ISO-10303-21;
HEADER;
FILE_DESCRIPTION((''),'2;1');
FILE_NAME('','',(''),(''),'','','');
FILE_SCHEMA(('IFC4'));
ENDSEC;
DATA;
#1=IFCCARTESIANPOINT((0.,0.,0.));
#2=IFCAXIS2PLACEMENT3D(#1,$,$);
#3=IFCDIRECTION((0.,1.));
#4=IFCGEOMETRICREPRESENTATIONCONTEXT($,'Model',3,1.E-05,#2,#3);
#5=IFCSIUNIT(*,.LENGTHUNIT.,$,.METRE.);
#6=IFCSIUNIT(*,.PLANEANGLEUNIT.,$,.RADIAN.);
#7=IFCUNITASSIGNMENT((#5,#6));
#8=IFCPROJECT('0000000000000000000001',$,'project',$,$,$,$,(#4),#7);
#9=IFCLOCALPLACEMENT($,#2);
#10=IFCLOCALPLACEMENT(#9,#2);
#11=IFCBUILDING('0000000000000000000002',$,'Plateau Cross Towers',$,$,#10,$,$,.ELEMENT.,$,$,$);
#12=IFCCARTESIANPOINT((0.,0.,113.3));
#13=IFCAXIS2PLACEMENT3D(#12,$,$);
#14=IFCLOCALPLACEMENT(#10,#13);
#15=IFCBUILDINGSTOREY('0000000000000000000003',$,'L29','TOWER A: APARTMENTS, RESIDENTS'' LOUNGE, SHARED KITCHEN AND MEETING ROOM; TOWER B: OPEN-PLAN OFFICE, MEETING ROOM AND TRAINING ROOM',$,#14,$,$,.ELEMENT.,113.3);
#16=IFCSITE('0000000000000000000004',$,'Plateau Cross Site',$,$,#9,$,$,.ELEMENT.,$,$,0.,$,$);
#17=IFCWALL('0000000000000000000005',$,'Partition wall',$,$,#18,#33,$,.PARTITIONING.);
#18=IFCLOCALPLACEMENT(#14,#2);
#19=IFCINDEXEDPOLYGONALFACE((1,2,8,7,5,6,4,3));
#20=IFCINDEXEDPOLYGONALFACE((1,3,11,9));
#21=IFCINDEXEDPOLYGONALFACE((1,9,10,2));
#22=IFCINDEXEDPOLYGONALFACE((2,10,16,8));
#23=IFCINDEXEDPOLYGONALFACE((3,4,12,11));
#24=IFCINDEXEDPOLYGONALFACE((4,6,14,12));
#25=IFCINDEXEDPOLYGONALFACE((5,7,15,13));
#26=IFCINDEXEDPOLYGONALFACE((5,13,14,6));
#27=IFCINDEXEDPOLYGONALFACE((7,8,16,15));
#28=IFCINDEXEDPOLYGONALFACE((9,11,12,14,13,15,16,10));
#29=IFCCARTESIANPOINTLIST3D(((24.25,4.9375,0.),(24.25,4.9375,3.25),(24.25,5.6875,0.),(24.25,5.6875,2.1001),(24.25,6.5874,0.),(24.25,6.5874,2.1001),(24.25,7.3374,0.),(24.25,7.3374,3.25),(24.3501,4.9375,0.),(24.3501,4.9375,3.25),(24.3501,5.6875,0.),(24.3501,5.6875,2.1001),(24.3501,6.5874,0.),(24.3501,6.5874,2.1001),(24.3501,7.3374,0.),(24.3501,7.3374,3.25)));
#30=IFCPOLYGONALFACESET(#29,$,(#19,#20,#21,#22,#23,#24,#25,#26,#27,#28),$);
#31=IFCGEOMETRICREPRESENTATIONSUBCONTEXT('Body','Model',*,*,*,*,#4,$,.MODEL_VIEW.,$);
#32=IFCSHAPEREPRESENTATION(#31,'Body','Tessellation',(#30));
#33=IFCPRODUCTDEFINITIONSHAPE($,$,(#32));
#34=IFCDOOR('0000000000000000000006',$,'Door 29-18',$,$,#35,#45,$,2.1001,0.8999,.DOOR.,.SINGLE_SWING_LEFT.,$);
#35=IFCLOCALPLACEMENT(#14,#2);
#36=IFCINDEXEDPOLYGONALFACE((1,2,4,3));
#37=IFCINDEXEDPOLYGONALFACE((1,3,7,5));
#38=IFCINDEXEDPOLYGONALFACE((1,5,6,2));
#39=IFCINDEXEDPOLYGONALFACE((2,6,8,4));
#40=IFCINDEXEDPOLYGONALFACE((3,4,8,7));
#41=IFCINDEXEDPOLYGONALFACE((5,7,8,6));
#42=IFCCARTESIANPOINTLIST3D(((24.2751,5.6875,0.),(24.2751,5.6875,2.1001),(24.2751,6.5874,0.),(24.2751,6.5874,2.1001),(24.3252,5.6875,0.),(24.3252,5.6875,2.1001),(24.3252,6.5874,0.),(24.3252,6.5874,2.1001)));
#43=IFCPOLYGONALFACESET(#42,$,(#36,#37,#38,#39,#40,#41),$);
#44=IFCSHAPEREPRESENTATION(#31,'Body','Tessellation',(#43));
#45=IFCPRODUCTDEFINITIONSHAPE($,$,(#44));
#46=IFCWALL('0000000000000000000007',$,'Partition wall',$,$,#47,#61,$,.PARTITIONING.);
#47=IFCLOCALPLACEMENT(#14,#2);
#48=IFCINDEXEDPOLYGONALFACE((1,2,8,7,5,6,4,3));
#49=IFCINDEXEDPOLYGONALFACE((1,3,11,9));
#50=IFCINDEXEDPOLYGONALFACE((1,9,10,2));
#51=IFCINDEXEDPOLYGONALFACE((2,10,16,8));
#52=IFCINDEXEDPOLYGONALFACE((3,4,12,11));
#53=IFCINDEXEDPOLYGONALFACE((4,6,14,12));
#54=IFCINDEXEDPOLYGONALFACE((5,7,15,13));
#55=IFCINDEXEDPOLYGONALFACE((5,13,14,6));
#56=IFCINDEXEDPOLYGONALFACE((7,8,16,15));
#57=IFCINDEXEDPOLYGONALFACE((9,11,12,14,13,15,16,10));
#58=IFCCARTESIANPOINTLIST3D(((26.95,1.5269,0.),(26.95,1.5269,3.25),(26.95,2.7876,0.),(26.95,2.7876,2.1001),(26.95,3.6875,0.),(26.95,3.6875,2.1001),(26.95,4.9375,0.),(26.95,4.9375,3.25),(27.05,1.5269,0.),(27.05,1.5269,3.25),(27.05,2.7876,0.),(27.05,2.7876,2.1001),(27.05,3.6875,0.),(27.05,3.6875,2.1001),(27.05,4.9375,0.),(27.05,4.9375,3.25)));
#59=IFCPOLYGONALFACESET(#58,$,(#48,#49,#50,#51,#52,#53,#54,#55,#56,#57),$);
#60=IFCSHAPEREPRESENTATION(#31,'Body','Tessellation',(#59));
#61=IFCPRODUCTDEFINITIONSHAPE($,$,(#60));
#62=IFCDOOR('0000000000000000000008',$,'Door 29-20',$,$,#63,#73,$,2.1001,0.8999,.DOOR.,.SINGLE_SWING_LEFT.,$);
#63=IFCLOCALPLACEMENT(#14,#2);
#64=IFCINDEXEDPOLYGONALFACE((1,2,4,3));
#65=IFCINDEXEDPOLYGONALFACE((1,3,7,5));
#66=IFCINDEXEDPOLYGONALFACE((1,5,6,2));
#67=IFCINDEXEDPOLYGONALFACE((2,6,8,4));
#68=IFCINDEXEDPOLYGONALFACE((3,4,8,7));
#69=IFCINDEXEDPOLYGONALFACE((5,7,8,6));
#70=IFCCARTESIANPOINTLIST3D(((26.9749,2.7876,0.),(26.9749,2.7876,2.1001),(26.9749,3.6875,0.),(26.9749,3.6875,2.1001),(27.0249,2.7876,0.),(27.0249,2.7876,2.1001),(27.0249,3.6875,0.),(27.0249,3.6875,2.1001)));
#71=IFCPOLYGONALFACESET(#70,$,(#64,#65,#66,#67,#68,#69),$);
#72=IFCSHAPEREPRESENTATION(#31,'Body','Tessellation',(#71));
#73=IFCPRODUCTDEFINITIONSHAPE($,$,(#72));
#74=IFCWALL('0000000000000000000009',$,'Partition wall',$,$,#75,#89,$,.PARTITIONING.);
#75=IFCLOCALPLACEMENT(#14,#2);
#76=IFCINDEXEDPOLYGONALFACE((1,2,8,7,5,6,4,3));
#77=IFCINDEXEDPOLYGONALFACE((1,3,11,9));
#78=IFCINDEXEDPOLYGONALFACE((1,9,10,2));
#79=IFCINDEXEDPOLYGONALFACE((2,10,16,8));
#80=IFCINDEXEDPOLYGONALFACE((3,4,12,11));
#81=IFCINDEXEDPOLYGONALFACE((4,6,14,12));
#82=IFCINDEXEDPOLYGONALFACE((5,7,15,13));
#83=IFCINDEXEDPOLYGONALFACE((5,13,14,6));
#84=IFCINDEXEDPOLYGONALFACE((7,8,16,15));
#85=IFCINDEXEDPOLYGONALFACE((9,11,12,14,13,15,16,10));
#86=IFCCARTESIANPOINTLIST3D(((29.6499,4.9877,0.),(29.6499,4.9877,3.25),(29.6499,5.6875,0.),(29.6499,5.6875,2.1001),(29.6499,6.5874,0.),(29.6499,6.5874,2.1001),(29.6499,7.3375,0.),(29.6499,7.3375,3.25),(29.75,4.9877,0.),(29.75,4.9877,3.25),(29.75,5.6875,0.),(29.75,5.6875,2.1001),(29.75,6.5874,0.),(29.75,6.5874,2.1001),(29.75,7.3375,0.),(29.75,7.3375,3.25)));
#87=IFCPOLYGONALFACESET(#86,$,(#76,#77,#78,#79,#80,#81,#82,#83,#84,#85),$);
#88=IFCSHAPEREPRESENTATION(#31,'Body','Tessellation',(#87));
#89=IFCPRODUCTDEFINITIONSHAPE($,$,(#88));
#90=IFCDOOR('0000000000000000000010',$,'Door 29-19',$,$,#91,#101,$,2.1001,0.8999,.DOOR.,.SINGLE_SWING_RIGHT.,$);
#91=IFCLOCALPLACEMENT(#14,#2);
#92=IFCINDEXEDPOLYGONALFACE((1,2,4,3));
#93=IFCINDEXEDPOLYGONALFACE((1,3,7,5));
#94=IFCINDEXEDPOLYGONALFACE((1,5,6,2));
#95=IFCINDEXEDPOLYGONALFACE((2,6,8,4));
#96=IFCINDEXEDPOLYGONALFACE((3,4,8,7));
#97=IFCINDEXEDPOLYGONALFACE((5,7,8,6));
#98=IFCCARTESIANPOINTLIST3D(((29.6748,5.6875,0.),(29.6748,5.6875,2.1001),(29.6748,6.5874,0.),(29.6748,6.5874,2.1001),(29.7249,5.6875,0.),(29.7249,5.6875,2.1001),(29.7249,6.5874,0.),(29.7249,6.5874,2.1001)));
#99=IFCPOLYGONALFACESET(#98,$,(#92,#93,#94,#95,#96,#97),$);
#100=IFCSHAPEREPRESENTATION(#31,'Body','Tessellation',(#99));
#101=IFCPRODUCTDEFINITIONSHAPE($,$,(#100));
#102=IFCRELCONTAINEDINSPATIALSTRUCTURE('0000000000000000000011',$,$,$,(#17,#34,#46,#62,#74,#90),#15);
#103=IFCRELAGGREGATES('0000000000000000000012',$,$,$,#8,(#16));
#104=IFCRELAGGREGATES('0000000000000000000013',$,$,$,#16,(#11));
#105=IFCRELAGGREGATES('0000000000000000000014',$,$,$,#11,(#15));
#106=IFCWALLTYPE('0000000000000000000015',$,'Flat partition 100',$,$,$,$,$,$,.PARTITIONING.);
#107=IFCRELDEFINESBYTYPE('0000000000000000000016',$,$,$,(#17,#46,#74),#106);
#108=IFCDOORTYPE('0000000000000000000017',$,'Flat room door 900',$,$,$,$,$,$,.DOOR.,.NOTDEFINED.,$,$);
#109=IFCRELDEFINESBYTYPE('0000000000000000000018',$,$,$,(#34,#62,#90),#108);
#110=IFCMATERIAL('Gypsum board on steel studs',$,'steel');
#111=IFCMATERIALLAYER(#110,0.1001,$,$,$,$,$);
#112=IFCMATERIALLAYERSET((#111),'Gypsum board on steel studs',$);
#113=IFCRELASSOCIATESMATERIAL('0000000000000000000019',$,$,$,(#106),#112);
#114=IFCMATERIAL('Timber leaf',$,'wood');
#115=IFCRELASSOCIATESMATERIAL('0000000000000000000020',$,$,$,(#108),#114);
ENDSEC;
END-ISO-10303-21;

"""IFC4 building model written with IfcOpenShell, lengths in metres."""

from ifc_helpers import new_model, si_unit, direction, frame, frame_2d, origin, place, context, subcontext, project, spatial, rectangle, extrude, material, layer, layer_set, type_object, element, fill, save


model = new_model("IFC4")

# Units and contexts
model_context = context("Model", 3, precision=1e-05, world=origin(), true_north=direction((0.0, 1.0)))
body_context = subcontext(model_context, "Body", "Model", "MODEL_VIEW")
ifc_project = project(units=[si_unit("LENGTHUNIT", "METRE"), si_unit("PLANEANGLEUNIT", "RADIAN")], contexts=[model_context])

# Site, building, storey
site_placement = place(None, origin())
site = spatial("IfcSite", under=ifc_project, at=site_placement, Name="Plateau Cross Site", CompositionType="ELEMENT", RefElevation=0.0)
building_placement = place(site_placement, origin())
building = spatial("IfcBuilding", under=site, at=building_placement, Name="Plateau Cross Towers", CompositionType="ELEMENT")
storey_placement = place(building_placement, frame((0.0, 0.0, 113.3)))
storey = spatial("IfcBuildingStorey", under=building, at=storey_placement, Name="L29", Description="TOWER A: APARTMENTS, RESIDENTS' LOUNGE, SHARED KITCHEN AND MEETING ROOM; TOWER B: OPEN-PLAN OFFICE, MEETING ROOM AND TRAINING ROOM", CompositionType="ELEMENT", Elevation=113.3)

# Shared definitions
ifc_material_1 = material(Name="Gypsum board on steel studs", Category="steel")
ifc_layer_1 = layer(ifc_material_1, 0.1001)
ifc_layer_set_1 = layer_set([ifc_layer_1], Name="Gypsum board on steel studs")
wall_type_1 = type_object("IfcWallType", Name="Flat partition 100", PredefinedType="PARTITIONING", material=ifc_layer_set_1)

# Walls, openings, doors
wall_1_placement = place(storey_placement, frame((24.3, 4.9375, 0.0), z_axis=(0.0, 0.0, 1.0), x_axis=(0.0, 1.0, 0.0)))
wall_1 = element("IfcWall", 1, at=wall_1_placement, inside=storey, type_object=wall_type_1, Name="Partition wall", PredefinedType="PARTITIONING", context=body_context, shape_type="SweptSolid", body=[
    extrude(rectangle(XDim=2.3999, YDim=0.1001, at=frame_2d((1.2, 0.0))), origin(), (0.0, 0.0, 1.0), 3.25),
])
opening_1_placement = place(wall_1_placement, frame((0.75, 0.0, 0.0)))
opening_1 = element("IfcOpeningElement", 2, at=opening_1_placement, cuts=wall_1, PredefinedType="OPENING", context=body_context, shape_type="SweptSolid", body=[
    extrude(rectangle(XDim=0.8999, YDim=2.1001, at=frame_2d((0.45, 1.05))), frame((0.0, 0.0601, 0.0), z_axis=(0.0, -1.0, 0.0), x_axis=(1.0, 0.0, 0.0)), (0.0, 0.0, 1.0), 0.1201),
])
ifc_material_2 = material(Name="Timber leaf", Category="wood")
door_type_1 = type_object("IfcDoorType", Name="Flat room door 900", OperationType="NOTDEFINED", PredefinedType="DOOR", material=ifc_material_2)
door_1_placement = place(opening_1_placement, origin())
door_1 = element("IfcDoor", 3, at=door_1_placement, inside=storey, type_object=door_type_1, Name="Door 29-18", OperationType="SINGLE_SWING_LEFT", OverallHeight=2.1001, OverallWidth=0.8999, PredefinedType="DOOR", context=body_context, shape_type="SweptSolid", body=[
    extrude(rectangle(XDim=0.8999, YDim=2.1001, at=frame_2d((0.45, 1.05))), frame((0.0, 0.0249, 0.0), z_axis=(0.0, -1.0, 0.0), x_axis=(1.0, 0.0, 0.0)), (0.0, 0.0, 1.0), 0.05),
])
fill(opening_1, door_1)
wall_2_placement = place(storey_placement, frame((27.0, 4.9375, 0.0), z_axis=(0.0, 0.0, 1.0), x_axis=(0.0, -1.0, 0.0)))
wall_2 = element("IfcWall", 4, at=wall_2_placement, inside=storey, type_object=wall_type_1, Name="Partition wall", PredefinedType="PARTITIONING", context=body_context, shape_type="SweptSolid", body=[
    extrude(rectangle(XDim=3.4106, YDim=0.1001, at=frame_2d((1.7053, 0.0))), origin(), (0.0, 0.0, 1.0), 3.25),
])
opening_2_placement = place(wall_2_placement, frame((1.25, 0.0, 0.0)))
opening_2 = element("IfcOpeningElement", 5, at=opening_2_placement, cuts=wall_2, PredefinedType="OPENING", context=body_context, shape_type="SweptSolid", body=[
    extrude(rectangle(XDim=0.8999, YDim=2.1001, at=frame_2d((0.45, 1.05))), frame((0.0, 0.0601, 0.0), z_axis=(0.0, -1.0, 0.0), x_axis=(1.0, 0.0, 0.0)), (0.0, 0.0, 1.0), 0.1201),
])
door_2_placement = place(opening_2_placement, origin())
door_2 = element("IfcDoor", 6, at=door_2_placement, inside=storey, type_object=door_type_1, Name="Door 29-20", OperationType="SINGLE_SWING_LEFT", OverallHeight=2.1001, OverallWidth=0.8999, PredefinedType="DOOR", context=body_context, shape_type="SweptSolid", body=[
    extrude(rectangle(XDim=0.8999, YDim=2.1001, at=frame_2d((0.45, 1.05))), frame((0.0, 0.0249, 0.0), z_axis=(0.0, -1.0, 0.0), x_axis=(1.0, 0.0, 0.0)), (0.0, 0.0, 1.0), 0.05),
])
fill(opening_2, door_2)
wall_3_placement = place(storey_placement, frame((29.7, 7.3374, 0.0), z_axis=(0.0, 0.0, 1.0), x_axis=(0.0, -1.0, 0.0)))
wall_3 = element("IfcWall", 7, at=wall_3_placement, inside=storey, type_object=wall_type_1, Name="Partition wall", PredefinedType="PARTITIONING", context=body_context, shape_type="SweptSolid", body=[
    extrude(rectangle(XDim=2.3499, YDim=0.1001, at=frame_2d((1.1748, 0.0))), origin(), (0.0, 0.0, 1.0), 3.25),
])
opening_3_placement = place(wall_3_placement, frame((0.75, 0.0, 0.0)))
opening_3 = element("IfcOpeningElement", 8, at=opening_3_placement, cuts=wall_3, PredefinedType="OPENING", context=body_context, shape_type="SweptSolid", body=[
    extrude(rectangle(XDim=0.8999, YDim=2.1001, at=frame_2d((0.45, 1.05))), frame((0.0, 0.0601, 0.0), z_axis=(0.0, -1.0, 0.0), x_axis=(1.0, 0.0, 0.0)), (0.0, 0.0, 1.0), 0.1201),
])
door_3_placement = place(opening_3_placement, origin())
door_3 = element("IfcDoor", 9, at=door_3_placement, inside=storey, type_object=door_type_1, Name="Door 29-19", OperationType="SINGLE_SWING_RIGHT", OverallHeight=2.1001, OverallWidth=0.8999, PredefinedType="DOOR", context=body_context, shape_type="SweptSolid", body=[
    extrude(rectangle(XDim=0.8999, YDim=2.1001, at=frame_2d((0.45, 1.05))), frame((0.0, 0.0249, 0.0), z_axis=(0.0, -1.0, 0.0), x_axis=(1.0, 0.0, 0.0)), (0.0, 0.0, 1.0), 0.05),
])
fill(opening_3, door_3)

save(model, "model.ifc")
